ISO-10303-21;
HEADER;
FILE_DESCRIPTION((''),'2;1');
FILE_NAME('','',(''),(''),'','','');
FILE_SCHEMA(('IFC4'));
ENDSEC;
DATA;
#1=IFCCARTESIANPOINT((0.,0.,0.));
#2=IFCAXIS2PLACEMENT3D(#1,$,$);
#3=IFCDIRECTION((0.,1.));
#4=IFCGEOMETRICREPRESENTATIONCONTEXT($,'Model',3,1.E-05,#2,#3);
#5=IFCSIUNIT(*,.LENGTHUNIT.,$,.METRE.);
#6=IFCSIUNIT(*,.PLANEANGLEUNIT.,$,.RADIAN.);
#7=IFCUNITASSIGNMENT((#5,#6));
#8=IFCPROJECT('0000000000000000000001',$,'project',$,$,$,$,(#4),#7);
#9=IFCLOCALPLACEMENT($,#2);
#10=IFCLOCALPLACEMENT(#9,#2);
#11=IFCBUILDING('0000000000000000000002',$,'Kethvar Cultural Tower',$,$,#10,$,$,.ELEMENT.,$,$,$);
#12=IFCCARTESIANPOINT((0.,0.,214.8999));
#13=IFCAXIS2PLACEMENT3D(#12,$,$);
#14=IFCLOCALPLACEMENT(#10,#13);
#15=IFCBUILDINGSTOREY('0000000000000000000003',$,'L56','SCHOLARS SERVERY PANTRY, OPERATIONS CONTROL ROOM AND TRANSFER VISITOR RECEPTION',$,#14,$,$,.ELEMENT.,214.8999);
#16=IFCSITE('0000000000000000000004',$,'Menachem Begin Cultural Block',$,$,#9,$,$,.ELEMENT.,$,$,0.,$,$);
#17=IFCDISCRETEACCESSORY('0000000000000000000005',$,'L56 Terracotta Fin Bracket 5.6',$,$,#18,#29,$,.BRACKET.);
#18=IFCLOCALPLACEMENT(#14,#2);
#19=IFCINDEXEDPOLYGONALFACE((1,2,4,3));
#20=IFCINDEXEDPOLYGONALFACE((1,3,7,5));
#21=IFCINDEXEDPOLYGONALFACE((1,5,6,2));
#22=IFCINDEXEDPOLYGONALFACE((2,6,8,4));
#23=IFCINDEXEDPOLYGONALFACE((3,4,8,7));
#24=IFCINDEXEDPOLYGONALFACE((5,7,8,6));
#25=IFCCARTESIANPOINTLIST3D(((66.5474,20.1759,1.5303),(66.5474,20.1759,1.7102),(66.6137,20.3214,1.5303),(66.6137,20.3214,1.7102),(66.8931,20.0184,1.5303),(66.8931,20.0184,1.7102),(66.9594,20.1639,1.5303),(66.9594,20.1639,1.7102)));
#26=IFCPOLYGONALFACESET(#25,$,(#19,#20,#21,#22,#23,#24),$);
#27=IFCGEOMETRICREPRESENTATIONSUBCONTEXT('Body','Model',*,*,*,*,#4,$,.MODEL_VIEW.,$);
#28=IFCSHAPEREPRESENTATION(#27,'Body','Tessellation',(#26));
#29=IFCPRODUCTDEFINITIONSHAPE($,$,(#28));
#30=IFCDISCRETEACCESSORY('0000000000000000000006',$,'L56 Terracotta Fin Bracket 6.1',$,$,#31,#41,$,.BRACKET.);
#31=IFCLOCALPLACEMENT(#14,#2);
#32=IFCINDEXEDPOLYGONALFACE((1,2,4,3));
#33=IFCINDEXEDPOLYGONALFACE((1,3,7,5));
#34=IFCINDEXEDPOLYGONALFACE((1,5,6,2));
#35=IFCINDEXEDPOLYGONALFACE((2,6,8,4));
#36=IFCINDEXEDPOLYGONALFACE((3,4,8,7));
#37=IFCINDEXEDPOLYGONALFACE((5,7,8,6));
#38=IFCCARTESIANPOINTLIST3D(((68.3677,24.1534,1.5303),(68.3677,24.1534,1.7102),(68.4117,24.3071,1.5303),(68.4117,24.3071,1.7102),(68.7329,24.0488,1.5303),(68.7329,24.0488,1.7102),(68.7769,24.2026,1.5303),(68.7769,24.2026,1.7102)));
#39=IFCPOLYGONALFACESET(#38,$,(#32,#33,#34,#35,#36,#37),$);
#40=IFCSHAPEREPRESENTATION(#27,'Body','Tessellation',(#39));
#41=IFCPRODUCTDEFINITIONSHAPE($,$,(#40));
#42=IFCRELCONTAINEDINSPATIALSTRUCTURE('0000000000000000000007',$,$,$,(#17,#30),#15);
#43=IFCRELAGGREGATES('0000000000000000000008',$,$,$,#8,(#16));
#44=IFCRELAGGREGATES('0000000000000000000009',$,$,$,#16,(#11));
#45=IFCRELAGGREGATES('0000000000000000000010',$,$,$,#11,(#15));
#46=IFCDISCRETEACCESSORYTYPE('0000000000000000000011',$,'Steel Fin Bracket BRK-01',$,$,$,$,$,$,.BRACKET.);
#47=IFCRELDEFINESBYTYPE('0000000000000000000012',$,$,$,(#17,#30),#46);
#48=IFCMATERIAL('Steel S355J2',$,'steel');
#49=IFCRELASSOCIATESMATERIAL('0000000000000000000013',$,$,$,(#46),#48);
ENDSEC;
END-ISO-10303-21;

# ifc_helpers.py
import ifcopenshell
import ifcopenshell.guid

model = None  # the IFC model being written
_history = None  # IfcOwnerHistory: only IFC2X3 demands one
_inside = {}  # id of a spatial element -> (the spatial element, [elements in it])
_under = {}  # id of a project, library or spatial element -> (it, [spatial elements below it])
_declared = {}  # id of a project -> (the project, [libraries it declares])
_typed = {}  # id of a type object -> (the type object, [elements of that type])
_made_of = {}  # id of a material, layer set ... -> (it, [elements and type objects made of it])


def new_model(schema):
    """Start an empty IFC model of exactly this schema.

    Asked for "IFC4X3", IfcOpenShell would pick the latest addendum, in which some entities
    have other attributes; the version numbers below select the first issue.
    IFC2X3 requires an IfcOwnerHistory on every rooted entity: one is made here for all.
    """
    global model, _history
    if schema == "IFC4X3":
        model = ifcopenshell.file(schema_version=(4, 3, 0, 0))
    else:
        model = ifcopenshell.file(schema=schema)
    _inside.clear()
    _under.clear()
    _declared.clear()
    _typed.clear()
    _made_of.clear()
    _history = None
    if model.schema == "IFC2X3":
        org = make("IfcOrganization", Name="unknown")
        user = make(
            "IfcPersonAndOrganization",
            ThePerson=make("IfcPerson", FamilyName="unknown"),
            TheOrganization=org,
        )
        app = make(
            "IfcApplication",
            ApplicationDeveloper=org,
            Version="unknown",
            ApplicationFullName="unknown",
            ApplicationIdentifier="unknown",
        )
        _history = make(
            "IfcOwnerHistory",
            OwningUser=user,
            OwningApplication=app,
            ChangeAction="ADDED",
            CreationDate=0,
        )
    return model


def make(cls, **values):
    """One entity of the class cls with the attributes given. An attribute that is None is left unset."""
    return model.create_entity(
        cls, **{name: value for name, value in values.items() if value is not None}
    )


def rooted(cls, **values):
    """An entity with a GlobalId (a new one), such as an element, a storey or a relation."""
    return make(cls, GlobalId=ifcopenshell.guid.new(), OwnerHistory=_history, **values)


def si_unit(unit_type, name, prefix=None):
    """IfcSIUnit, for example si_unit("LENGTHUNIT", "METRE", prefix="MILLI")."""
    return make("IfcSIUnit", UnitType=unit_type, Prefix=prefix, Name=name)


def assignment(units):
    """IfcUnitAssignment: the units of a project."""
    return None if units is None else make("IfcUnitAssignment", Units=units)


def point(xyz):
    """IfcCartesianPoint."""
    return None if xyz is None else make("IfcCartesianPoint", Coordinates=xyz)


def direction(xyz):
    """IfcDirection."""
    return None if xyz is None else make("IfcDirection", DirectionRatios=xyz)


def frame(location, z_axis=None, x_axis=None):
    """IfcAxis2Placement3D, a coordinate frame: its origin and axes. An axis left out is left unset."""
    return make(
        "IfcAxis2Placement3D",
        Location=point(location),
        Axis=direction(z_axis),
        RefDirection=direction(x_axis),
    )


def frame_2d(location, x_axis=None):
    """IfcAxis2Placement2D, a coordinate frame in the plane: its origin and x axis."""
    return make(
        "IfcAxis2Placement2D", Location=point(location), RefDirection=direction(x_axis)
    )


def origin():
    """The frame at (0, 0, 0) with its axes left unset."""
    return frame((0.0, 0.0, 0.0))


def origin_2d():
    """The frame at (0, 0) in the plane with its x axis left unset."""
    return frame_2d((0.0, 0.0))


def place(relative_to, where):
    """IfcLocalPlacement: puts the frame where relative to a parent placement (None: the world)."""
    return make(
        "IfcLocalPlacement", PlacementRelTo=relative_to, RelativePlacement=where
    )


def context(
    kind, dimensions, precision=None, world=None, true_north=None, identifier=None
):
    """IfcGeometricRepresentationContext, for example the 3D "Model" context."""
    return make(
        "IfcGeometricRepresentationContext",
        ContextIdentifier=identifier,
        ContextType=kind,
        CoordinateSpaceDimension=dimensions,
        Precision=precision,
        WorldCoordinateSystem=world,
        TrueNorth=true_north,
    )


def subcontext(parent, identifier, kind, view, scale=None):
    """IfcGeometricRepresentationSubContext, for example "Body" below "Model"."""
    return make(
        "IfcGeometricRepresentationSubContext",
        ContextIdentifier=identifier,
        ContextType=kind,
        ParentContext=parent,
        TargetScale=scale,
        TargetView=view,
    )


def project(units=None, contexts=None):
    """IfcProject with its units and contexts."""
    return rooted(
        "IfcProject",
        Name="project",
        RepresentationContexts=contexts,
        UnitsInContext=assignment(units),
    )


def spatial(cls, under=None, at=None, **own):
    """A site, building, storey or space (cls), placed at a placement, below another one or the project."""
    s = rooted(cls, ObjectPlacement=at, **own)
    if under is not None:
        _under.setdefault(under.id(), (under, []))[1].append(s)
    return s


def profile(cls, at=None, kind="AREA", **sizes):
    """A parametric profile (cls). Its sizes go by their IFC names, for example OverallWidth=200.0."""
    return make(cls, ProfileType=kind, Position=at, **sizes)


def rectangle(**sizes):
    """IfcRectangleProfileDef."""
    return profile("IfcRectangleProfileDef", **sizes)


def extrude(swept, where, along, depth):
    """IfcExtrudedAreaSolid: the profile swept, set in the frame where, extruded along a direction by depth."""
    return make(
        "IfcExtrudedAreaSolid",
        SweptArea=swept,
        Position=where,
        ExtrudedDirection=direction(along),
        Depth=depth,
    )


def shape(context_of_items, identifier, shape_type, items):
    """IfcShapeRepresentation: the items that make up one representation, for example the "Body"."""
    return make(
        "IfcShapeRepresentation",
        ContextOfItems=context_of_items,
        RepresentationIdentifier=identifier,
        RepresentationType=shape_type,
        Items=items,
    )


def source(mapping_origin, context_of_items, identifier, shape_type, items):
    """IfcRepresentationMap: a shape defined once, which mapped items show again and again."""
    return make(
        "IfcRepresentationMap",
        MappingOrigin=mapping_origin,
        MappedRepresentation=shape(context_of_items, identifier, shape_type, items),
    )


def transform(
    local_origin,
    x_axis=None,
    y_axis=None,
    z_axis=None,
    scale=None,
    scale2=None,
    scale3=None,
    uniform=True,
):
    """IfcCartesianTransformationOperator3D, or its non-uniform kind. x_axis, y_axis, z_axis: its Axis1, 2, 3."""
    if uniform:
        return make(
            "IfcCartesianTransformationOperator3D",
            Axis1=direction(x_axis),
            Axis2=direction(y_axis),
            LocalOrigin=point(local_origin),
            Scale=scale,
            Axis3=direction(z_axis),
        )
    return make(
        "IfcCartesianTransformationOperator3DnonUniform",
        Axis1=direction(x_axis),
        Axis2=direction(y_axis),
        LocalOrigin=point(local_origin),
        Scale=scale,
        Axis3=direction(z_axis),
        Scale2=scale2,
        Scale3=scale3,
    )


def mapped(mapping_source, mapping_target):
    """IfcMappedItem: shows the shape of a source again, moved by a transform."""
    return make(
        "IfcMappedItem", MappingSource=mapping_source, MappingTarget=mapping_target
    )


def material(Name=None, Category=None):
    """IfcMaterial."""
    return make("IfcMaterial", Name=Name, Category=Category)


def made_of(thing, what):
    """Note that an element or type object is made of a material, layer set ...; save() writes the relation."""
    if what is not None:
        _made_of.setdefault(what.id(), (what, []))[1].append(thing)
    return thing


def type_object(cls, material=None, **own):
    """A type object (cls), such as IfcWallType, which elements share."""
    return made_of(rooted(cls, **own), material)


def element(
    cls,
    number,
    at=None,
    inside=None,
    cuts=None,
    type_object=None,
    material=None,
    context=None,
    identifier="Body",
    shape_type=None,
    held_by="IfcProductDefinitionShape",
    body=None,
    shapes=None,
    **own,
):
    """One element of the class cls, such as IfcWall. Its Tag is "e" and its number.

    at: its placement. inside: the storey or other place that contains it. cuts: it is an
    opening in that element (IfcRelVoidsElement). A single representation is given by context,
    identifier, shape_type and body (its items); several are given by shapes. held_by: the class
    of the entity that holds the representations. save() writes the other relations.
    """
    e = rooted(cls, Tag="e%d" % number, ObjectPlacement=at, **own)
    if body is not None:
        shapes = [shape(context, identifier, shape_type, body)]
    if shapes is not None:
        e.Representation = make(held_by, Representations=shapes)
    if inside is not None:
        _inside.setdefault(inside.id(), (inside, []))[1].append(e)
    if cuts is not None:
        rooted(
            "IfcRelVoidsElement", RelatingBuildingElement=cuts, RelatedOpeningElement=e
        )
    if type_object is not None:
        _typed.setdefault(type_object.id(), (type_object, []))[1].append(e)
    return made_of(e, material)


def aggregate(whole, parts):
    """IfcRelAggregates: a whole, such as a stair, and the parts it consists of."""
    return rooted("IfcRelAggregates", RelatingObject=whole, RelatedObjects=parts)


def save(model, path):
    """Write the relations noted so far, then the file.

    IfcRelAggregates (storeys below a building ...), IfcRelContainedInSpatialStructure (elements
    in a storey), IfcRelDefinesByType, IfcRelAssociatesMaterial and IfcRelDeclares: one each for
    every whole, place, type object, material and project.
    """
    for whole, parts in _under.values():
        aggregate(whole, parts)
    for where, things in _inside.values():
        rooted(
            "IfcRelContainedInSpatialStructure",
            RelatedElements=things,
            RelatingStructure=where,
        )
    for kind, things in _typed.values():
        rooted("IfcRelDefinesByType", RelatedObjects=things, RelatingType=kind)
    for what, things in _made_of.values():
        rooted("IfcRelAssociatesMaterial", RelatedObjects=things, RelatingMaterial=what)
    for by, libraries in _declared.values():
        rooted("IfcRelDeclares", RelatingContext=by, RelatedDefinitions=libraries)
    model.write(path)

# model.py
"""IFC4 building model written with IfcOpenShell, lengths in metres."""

from ifc_helpers import new_model, si_unit, direction, frame, origin, origin_2d, place, context, subcontext, project, spatial, rectangle, extrude, source, transform, mapped, material, type_object, element, save


model = new_model("IFC4")

# Units and contexts
model_context = context("Model", 3, precision=1e-05, world=origin(), true_north=direction((0.0, 1.0)))
body_context = subcontext(model_context, "Body", "Model", "MODEL_VIEW")
ifc_project = project(units=[si_unit("LENGTHUNIT", "METRE"), si_unit("PLANEANGLEUNIT", "RADIAN")], contexts=[model_context])

# Site, building, storey
site_placement = place(None, origin())
site = spatial("IfcSite", under=ifc_project, at=site_placement, Name="Menachem Begin Cultural Block", CompositionType="ELEMENT", RefElevation=0.0)
building_placement = place(site_placement, origin())
building = spatial("IfcBuilding", under=site, at=building_placement, Name="Kethvar Cultural Tower", CompositionType="ELEMENT")
storey_placement = place(building_placement, frame((0.0, 0.0, 214.8999)))
storey = spatial("IfcBuildingStorey", under=building, at=storey_placement, Name="L56", Description="SCHOLARS SERVERY PANTRY, OPERATIONS CONTROL ROOM AND TRANSFER VISITOR RECEPTION", CompositionType="ELEMENT", Elevation=214.8999)

# Shared definitions
ifc_material_1 = material(Name="Steel S355J2", Category="steel")

# Discrete accessories
discrete_accessory_type = type_object("IfcDiscreteAccessoryType", Name="Steel Fin Bracket BRK-01", PredefinedType="BRACKET", material=ifc_material_1)
shared_shape_1 = source(origin(), body_context, "Body", "SweptSolid", [
    extrude(rectangle(XDim=0.3799, YDim=0.1599, at=origin_2d()), origin(), (0.0, 0.0, 1.0), 0.1799),
])
for number, where, z_axis, x_axis, name in (
    (1, (66.7534, 20.1699, 1.5303), (0.0, 0.0, 1.0), (0.910034, -0.414534, 0.0), "L56 Terracotta Fin Bracket 5.6"),
    (2, (68.5723, 24.178, 1.5303), (0.0, 0.0, 1.0), (0.961406, -0.275134, 0.0), "L56 Terracotta Fin Bracket 6.1"),
):
    element("IfcDiscreteAccessory", number, at=place(storey_placement, frame(where, z_axis=z_axis, x_axis=x_axis)), inside=storey, type_object=discrete_accessory_type, Name=name, PredefinedType="BRACKET", context=body_context, shape_type="MappedRepresentation", body=[
        mapped(shared_shape_1, transform((0.0, 0.0, 0.0), scale=1.0)),
    ])

save(model, "model.ifc")
